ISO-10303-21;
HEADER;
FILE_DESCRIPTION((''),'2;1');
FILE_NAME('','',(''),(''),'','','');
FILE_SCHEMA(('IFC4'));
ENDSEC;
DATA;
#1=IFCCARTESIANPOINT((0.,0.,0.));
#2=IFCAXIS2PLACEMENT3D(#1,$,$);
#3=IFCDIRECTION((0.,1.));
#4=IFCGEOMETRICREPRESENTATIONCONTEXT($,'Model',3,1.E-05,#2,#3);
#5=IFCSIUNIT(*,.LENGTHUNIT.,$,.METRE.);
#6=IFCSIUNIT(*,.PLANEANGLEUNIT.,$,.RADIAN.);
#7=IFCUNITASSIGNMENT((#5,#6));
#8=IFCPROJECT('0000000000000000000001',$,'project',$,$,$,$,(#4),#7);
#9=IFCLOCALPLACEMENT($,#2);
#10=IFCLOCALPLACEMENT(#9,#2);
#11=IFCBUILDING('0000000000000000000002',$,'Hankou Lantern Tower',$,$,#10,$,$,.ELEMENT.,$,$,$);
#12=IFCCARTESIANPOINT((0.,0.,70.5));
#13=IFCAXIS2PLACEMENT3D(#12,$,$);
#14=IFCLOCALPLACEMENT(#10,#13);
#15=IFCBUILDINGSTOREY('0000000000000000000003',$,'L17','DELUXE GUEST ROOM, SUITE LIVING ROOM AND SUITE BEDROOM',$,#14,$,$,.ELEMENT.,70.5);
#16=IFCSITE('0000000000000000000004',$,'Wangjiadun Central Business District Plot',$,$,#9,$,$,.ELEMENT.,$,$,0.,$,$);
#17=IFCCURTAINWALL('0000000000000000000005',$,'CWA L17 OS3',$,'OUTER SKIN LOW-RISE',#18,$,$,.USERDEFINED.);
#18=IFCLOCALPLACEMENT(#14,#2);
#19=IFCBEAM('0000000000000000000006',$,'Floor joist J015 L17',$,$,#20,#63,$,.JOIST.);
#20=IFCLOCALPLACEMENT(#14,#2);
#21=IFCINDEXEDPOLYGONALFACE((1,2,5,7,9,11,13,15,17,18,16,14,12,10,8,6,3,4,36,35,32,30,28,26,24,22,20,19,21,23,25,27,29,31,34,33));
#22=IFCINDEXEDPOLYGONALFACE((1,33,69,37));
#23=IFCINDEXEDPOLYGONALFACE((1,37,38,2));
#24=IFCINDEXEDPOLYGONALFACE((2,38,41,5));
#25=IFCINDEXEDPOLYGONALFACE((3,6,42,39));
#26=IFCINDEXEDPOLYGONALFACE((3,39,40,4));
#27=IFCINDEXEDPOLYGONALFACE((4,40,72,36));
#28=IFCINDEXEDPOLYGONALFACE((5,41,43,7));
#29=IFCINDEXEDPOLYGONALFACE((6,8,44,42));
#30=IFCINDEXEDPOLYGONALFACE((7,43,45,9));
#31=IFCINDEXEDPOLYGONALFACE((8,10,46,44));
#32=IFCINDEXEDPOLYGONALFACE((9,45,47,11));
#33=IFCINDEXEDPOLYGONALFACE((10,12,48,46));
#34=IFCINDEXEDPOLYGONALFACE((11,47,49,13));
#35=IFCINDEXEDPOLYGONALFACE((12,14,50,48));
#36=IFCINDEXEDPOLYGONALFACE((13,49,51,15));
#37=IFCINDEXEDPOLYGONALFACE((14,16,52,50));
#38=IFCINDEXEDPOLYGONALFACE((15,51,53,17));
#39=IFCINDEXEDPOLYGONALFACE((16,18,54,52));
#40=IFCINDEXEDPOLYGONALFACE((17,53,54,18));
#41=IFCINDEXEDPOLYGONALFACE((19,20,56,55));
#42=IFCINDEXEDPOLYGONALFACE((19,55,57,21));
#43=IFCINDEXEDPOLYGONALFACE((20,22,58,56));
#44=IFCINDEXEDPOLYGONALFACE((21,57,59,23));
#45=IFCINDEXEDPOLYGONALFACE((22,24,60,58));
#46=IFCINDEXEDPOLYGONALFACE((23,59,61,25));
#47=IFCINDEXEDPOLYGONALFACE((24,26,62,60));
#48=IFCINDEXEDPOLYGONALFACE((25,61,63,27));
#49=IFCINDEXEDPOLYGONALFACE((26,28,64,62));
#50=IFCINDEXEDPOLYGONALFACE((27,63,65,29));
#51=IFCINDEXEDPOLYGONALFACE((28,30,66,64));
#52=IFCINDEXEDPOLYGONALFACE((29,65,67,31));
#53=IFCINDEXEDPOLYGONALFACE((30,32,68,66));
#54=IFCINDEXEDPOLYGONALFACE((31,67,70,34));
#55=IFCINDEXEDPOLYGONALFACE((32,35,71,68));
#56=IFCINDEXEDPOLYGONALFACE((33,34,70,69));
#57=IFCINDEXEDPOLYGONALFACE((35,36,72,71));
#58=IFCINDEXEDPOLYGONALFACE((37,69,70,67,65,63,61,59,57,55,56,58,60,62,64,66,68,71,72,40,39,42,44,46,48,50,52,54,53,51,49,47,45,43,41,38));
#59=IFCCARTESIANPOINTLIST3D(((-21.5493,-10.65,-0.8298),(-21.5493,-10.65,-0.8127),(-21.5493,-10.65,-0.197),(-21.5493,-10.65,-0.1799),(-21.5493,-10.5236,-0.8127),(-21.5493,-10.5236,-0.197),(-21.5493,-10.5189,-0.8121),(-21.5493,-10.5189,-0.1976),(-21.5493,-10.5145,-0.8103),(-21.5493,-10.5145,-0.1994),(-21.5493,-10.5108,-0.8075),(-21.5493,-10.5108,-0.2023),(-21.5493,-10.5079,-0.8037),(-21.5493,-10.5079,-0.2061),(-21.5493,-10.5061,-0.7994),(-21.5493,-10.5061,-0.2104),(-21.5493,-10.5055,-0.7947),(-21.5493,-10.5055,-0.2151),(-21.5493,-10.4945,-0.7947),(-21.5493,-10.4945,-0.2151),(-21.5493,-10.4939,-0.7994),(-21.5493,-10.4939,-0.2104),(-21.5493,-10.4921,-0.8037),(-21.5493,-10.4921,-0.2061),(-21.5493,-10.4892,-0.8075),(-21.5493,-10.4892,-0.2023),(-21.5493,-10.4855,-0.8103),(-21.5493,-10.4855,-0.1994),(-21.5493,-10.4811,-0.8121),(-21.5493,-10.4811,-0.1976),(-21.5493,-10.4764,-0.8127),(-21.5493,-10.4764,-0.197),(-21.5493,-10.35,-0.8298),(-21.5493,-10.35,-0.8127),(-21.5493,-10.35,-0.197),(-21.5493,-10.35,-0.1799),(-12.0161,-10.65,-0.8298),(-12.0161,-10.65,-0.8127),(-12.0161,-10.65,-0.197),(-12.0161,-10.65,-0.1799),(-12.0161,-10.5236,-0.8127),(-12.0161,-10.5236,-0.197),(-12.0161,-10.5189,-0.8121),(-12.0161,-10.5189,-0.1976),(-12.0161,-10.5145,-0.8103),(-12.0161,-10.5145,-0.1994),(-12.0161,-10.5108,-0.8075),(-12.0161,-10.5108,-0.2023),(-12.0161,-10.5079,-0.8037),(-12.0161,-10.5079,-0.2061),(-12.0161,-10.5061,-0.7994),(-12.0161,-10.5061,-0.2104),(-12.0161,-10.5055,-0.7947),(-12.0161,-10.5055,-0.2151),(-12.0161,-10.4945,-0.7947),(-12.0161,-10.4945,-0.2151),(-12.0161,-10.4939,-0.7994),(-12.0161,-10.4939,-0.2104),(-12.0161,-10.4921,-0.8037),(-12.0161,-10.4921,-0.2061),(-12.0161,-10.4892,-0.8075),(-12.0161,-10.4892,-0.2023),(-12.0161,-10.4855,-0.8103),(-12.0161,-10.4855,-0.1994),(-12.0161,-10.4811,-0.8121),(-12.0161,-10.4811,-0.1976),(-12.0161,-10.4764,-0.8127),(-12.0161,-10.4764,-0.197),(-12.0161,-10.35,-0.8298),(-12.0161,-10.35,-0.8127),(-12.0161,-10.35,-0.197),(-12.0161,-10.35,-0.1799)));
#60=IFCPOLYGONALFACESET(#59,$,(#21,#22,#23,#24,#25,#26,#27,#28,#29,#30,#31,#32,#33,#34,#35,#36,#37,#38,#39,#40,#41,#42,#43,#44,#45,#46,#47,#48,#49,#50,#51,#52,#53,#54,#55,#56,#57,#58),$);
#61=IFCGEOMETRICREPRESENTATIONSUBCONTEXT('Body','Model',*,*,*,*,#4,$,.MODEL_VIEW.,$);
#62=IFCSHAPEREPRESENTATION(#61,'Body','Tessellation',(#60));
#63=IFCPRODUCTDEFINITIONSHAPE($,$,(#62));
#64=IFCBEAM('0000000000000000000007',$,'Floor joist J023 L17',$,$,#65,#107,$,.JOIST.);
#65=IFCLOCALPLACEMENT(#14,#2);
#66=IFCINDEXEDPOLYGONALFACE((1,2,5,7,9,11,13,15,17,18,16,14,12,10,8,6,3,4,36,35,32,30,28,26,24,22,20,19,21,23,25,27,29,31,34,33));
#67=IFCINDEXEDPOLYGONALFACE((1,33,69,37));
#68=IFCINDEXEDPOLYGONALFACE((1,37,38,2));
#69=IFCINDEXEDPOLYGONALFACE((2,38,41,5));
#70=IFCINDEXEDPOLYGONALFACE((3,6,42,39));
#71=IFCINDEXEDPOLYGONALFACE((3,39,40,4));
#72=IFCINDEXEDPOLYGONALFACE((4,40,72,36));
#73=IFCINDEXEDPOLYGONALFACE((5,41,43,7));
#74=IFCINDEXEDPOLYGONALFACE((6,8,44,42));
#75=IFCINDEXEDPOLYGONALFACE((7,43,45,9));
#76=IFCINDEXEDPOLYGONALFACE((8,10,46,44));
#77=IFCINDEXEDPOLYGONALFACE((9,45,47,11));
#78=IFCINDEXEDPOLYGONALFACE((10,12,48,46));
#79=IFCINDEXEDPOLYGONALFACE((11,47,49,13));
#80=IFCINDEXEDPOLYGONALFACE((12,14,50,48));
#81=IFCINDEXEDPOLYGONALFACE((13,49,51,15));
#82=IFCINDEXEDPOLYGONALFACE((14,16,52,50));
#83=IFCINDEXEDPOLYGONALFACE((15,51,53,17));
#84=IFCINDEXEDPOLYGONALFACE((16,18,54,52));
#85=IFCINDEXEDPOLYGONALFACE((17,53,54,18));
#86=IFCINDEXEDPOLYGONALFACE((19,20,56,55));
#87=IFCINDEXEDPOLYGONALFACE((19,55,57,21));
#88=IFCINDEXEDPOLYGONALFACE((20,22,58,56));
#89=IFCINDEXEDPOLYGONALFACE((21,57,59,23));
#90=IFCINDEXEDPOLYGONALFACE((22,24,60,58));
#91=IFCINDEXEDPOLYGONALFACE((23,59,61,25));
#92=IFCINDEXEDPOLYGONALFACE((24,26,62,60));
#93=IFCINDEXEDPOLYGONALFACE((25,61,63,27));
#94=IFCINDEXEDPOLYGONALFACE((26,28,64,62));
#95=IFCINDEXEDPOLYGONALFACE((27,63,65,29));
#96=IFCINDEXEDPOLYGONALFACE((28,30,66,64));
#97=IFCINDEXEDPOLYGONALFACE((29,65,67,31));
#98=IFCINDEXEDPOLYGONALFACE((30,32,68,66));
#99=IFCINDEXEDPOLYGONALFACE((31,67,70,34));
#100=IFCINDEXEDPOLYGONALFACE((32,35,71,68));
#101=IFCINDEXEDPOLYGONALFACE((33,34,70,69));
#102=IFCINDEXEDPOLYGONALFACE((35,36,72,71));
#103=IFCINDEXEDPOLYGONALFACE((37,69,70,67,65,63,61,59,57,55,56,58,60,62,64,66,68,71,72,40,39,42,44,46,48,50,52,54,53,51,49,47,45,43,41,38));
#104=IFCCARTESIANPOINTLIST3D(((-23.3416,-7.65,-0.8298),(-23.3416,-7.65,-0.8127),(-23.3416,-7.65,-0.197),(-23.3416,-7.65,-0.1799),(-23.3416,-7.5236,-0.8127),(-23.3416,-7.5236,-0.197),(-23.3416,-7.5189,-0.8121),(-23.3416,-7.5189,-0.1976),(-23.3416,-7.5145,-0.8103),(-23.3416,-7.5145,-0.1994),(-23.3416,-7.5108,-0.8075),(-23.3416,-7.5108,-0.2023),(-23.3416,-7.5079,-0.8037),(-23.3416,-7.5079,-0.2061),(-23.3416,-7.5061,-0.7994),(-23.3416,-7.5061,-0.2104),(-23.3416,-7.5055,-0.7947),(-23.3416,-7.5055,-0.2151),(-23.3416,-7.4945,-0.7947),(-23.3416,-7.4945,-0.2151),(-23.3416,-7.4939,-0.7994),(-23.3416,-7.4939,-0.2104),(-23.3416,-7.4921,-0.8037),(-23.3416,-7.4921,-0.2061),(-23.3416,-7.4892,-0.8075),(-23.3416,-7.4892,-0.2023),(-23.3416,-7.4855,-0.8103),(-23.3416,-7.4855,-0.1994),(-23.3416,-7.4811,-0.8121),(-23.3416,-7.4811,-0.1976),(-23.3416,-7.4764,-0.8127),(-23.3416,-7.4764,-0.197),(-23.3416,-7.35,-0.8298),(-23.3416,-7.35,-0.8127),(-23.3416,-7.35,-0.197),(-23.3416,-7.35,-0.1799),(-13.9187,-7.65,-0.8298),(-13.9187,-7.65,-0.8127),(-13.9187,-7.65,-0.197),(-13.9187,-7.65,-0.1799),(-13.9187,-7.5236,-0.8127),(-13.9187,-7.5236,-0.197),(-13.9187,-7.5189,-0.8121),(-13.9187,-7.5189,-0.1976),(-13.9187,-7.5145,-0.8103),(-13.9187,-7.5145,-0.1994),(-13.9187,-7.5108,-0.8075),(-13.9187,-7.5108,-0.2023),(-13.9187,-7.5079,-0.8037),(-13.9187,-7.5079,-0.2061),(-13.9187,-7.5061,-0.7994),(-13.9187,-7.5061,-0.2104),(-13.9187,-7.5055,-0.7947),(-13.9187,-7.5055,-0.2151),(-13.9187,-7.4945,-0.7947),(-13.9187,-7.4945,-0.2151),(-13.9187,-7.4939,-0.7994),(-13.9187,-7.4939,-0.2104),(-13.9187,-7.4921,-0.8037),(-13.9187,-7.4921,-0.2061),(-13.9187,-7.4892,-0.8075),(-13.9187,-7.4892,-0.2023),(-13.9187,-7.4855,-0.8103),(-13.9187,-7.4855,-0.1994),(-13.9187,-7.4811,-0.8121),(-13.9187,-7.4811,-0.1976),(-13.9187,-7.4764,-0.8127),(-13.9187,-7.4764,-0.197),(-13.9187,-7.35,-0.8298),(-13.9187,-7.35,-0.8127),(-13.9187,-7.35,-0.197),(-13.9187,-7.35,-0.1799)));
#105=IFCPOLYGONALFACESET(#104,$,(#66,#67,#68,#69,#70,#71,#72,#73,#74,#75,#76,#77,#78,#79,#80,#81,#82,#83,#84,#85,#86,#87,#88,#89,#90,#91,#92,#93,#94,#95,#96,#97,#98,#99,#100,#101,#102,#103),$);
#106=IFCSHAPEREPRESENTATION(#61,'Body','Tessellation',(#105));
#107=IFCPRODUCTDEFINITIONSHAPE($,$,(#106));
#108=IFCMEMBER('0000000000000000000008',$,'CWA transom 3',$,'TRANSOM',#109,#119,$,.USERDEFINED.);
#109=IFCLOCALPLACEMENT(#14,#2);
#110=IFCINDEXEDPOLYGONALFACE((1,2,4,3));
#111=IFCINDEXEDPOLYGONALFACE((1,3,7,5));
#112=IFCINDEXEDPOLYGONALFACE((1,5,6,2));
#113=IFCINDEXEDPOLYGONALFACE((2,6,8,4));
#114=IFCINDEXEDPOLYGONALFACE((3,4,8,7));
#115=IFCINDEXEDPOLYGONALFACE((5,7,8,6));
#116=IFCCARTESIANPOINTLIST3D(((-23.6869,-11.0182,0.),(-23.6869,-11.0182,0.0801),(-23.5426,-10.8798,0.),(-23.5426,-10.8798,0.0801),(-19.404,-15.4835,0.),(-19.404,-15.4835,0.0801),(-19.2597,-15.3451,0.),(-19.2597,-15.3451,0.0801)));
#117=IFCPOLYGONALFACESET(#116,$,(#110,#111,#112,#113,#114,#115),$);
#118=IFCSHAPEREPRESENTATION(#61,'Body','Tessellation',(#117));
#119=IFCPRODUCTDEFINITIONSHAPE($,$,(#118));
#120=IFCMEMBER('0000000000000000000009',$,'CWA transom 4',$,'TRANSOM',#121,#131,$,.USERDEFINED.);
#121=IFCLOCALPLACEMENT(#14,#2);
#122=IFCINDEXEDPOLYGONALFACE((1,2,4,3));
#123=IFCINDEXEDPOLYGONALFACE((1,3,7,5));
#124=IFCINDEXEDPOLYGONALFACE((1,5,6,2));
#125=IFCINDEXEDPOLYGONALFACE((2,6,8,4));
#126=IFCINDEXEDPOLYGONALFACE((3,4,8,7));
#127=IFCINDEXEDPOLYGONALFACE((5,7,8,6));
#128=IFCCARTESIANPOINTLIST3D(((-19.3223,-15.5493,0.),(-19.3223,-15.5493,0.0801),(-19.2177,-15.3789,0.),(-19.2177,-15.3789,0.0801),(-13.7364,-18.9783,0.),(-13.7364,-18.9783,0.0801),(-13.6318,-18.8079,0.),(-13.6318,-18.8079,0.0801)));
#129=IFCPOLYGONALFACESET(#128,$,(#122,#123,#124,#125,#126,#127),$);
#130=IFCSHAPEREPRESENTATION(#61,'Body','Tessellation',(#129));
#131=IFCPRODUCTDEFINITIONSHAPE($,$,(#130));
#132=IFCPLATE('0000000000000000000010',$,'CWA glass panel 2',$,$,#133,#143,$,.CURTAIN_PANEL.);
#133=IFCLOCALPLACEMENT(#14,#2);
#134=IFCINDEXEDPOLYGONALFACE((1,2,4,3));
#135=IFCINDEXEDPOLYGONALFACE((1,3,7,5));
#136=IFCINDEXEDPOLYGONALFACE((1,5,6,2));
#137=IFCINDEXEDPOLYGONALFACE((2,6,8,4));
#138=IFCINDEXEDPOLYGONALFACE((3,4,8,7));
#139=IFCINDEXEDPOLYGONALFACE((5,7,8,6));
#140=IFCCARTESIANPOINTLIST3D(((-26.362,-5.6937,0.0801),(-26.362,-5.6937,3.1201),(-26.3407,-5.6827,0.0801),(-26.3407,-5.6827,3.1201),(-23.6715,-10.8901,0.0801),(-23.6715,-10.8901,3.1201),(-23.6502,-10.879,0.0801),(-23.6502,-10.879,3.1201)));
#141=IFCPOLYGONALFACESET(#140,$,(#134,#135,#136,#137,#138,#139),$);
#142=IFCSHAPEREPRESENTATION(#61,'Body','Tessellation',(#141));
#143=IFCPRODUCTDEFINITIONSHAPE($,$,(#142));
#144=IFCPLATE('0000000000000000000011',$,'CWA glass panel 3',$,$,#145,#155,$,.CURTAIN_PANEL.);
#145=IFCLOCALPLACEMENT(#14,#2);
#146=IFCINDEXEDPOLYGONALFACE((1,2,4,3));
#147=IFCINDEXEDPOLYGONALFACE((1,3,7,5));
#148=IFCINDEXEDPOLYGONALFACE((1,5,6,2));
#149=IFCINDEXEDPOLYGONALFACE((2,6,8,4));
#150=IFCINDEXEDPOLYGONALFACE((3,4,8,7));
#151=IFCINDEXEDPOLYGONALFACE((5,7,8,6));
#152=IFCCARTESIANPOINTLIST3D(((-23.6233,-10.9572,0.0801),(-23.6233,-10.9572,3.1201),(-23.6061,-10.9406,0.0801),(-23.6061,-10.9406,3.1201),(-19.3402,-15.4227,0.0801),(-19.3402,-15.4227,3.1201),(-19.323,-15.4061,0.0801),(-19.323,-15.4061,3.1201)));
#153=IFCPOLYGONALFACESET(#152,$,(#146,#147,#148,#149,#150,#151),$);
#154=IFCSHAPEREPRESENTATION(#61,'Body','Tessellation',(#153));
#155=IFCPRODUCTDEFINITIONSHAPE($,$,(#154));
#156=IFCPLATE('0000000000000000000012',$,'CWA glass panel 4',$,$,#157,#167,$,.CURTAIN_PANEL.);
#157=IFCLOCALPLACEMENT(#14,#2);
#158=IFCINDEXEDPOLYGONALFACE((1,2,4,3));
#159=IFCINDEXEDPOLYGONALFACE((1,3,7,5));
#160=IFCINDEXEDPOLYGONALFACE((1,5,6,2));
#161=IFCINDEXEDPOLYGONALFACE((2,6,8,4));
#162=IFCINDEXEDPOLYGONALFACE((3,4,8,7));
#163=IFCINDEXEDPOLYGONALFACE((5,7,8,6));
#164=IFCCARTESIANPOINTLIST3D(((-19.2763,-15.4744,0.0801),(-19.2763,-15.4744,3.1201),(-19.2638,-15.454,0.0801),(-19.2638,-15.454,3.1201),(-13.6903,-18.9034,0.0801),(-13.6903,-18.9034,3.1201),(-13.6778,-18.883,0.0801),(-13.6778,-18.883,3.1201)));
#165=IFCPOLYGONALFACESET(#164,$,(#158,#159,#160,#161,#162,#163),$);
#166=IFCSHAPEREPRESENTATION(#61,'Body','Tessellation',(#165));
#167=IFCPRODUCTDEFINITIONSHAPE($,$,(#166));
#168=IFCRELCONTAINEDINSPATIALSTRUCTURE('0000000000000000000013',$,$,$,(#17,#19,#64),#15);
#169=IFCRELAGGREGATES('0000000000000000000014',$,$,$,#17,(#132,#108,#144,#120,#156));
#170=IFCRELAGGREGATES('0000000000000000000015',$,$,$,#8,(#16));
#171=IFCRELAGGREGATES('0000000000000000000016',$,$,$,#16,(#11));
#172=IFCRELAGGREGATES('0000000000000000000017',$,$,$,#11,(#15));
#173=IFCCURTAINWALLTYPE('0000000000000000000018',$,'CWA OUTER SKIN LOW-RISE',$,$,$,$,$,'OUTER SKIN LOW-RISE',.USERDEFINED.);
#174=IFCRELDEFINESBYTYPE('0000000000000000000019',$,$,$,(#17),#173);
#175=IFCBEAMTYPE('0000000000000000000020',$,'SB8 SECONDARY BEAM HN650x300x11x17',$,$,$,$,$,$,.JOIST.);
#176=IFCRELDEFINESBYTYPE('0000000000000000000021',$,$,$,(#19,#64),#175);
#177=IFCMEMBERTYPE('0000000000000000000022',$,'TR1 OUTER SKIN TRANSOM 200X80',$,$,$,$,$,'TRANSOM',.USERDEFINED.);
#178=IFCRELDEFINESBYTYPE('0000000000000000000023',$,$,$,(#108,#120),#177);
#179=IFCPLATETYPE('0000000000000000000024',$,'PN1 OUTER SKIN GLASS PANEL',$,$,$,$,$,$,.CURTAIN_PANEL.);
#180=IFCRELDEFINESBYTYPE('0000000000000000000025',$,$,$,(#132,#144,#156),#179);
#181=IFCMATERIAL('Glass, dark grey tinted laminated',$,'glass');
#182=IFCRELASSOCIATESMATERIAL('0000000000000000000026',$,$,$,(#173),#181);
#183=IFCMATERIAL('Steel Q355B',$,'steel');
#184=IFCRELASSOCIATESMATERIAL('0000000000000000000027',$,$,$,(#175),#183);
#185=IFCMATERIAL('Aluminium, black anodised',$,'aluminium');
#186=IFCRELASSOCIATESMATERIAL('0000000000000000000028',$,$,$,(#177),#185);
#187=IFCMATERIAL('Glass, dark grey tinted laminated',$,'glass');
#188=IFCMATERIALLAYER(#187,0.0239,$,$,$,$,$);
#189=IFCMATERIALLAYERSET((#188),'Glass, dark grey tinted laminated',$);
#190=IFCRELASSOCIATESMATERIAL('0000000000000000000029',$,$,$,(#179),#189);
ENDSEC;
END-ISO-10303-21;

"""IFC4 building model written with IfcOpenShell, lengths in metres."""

from ifc_helpers import new_model, si_unit, direction, frame, origin, origin_2d, place, context, subcontext, project, spatial, rectangle, i_section, extrude, material, layer, layer_set, material_profile, profile_set, type_object, element, aggregate, save


model = new_model("IFC4")

# Units and contexts
model_context = context("Model", 3, precision=1e-05, world=origin(), true_north=direction((0.0, 1.0)))
body_context = subcontext(model_context, "Body", "Model", "MODEL_VIEW")
ifc_project = project(units=[si_unit("LENGTHUNIT", "METRE"), si_unit("PLANEANGLEUNIT", "RADIAN")], contexts=[model_context])

# Site, building, storey
site_placement = place(None, origin())
site = spatial("IfcSite", under=ifc_project, at=site_placement, Name="Wangjiadun Central Business District Plot", CompositionType="ELEMENT", RefElevation=0.0)
building_placement = place(site_placement, origin())
building = spatial("IfcBuilding", under=site, at=building_placement, Name="Hankou Lantern Tower", CompositionType="ELEMENT")
storey_placement = place(building_placement, frame((0.0, 0.0, 70.5)))
storey = spatial("IfcBuildingStorey", under=building, at=storey_placement, Name="L17", Description="DELUXE GUEST ROOM, SUITE LIVING ROOM AND SUITE BEDROOM", CompositionType="ELEMENT", Elevation=70.5)

# Curtain wall
ifc_material_1 = material(Name="Glass, dark grey tinted laminated", Category="glass")
curtain_wall_type = type_object("IfcCurtainWallType", Name="CWA OUTER SKIN LOW-RISE", ElementType="OUTER SKIN LOW-RISE", PredefinedType="USERDEFINED", material=ifc_material_1)
curtain_wall_placement = place(storey_placement, origin())
curtain_wall = element("IfcCurtainWall", 1, at=curtain_wall_placement, inside=storey, type_object=curtain_wall_type, Name="CWA L17 OS3", ObjectType="OUTER SKIN LOW-RISE", PredefinedType="USERDEFINED")

# Beams
ifc_material_2 = material(Name="Steel Q355B", Category="steel")
ifc_material_profile_1 = material_profile(ifc_material_2, i_section(OverallWidth=0.3, OverallDepth=0.6499, WebThickness=0.011, FlangeThickness=0.0171, FilletRadius=0.0181, at=origin_2d()), Name="HN650x300x11x17")
ifc_profile_set_1 = profile_set([ifc_material_profile_1], Name="Steel Q355B")
beam_type_1 = type_object("IfcBeamType", Name="SB8 SECONDARY BEAM HN650x300x11x17", PredefinedType="JOIST", material=ifc_profile_set_1)
beam_1_placement = place(storey_placement, frame((-21.5493, -10.5, -0.5049), z_axis=(1.0, 0.0, 0.0), x_axis=(0.0, 1.0, 0.0)))
element("IfcBeam", 2, at=beam_1_placement, inside=storey, type_object=beam_type_1, Name="Floor joist J015 L17", PredefinedType="JOIST", context=body_context, shape_type="SweptSolid", body=[
    extrude(i_section(OverallWidth=0.3, OverallDepth=0.6499, WebThickness=0.011, FlangeThickness=0.0171, FilletRadius=0.0181, at=origin_2d()), origin(), (0.0, 0.0, 1.0), 9.5332),
])
beam_2_placement = place(storey_placement, frame((-23.3416, -7.5, -0.5049), z_axis=(1.0, 0.0, 0.0), x_axis=(0.0, 1.0, 0.0)))
element("IfcBeam", 3, at=beam_2_placement, inside=storey, type_object=beam_type_1, Name="Floor joist J023 L17", PredefinedType="JOIST", context=body_context, shape_type="SweptSolid", body=[
    extrude(i_section(OverallWidth=0.3, OverallDepth=0.6499, WebThickness=0.011, FlangeThickness=0.0171, FilletRadius=0.0181, at=origin_2d()), origin(), (0.0, 0.0, 1.0), 9.4229),
])

# Members
ifc_material_3 = material(Name="Aluminium, black anodised", Category="aluminium")
ifc_material_profile_2 = material_profile(ifc_material_3, rectangle(XDim=0.2, YDim=0.0801, at=origin_2d()), Name="TR1 200X80")
ifc_profile_set_2 = profile_set([ifc_material_profile_2], Name="Aluminium, black anodised")
member_type_1 = type_object("IfcMemberType", Name="TR1 OUTER SKIN TRANSOM 200X80", ElementType="TRANSOM", PredefinedType="USERDEFINED", material=ifc_profile_set_2)
member_1_placement = place(storey_placement, frame((-23.6147, -10.949, 0.04), z_axis=(0.692216, -0.721691, 0.0), x_axis=(0.721691, 0.692216, 0.0)))
member_1 = element("IfcMember", 4, at=member_1_placement, type_object=member_type_1, Name="CWA transom 3", ObjectType="TRANSOM", PredefinedType="USERDEFINED", context=body_context, shape_type="SweptSolid", body=[
    extrude(rectangle(XDim=0.2, YDim=0.0801, at=origin_2d()), origin(), (0.0, 0.0, 1.0), 6.1873),
])
member_2_placement = place(storey_placement, frame((-19.27, -15.4641, 0.04), z_axis=(0.85224, -0.523152, 0.0), x_axis=(0.523152, 0.85224, 0.0)))
member_2 = element("IfcMember", 5, at=member_2_placement, type_object=member_type_1, Name="CWA transom 4", ObjectType="TRANSOM", PredefinedType="USERDEFINED", context=body_context, shape_type="SweptSolid", body=[
    extrude(rectangle(XDim=0.2, YDim=0.0801, at=origin_2d()), origin(), (0.0, 0.0, 1.0), 6.5544),
])

# Plates
ifc_material_4 = material(Name="Glass, dark grey tinted laminated", Category="glass")
ifc_layer_1 = layer(ifc_material_4, 0.0239)
ifc_layer_set_1 = layer_set([ifc_layer_1], Name="Glass, dark grey tinted laminated")
plate_type = type_object("IfcPlateType", Name="PN1 OUTER SKIN GLASS PANEL", PredefinedType="CURTAIN_PANEL", material=ifc_layer_set_1)
plate_1_placement = place(storey_placement, frame((-25.0061, -8.2864, 0.0801), z_axis=(0.0, 0.0, 1.0), x_axis=(0.459791, -0.888027, 0.0)))
plate_1 = element("IfcPlate", 6, at=plate_1_placement, type_object=plate_type, Name="CWA glass panel 2", PredefinedType="CURTAIN_PANEL", context=body_context, shape_type="SweptSolid", body=[
    extrude(rectangle(XDim=5.8516, YDim=0.0239, at=origin_2d()), origin(), (0.0, 0.0, 1.0), 3.04),
])
plate_2_placement = place(storey_placement, frame((-21.4731, -13.1816, 0.0801), z_axis=(0.0, 0.0, 1.0), x_axis=(0.692216, -0.721691, 0.0)))
plate_2 = element("IfcPlate", 7, at=plate_2_placement, type_object=plate_type, Name="CWA glass panel 3", PredefinedType="CURTAIN_PANEL", context=body_context, shape_type="SweptSolid", body=[
    extrude(rectangle(XDim=6.1875, YDim=0.0239, at=origin_2d()), origin(), (0.0, 0.0, 1.0), 3.04),
])
plate_3_placement = place(storey_placement, frame((-16.4771, -17.1787, 0.0801), z_axis=(0.0, 0.0, 1.0), x_axis=(0.852237, -0.523156, 0.0)))
plate_3 = element("IfcPlate", 8, at=plate_3_placement, type_object=plate_type, Name="CWA glass panel 4", PredefinedType="CURTAIN_PANEL", context=body_context, shape_type="SweptSolid", body=[
    extrude(rectangle(XDim=6.5544, YDim=0.0239, at=origin_2d()), origin(), (0.0, 0.0, 1.0), 3.04),
])
aggregate(curtain_wall, [plate_1, member_1, plate_2, member_2, plate_3])

save(model, "model.ifc")
